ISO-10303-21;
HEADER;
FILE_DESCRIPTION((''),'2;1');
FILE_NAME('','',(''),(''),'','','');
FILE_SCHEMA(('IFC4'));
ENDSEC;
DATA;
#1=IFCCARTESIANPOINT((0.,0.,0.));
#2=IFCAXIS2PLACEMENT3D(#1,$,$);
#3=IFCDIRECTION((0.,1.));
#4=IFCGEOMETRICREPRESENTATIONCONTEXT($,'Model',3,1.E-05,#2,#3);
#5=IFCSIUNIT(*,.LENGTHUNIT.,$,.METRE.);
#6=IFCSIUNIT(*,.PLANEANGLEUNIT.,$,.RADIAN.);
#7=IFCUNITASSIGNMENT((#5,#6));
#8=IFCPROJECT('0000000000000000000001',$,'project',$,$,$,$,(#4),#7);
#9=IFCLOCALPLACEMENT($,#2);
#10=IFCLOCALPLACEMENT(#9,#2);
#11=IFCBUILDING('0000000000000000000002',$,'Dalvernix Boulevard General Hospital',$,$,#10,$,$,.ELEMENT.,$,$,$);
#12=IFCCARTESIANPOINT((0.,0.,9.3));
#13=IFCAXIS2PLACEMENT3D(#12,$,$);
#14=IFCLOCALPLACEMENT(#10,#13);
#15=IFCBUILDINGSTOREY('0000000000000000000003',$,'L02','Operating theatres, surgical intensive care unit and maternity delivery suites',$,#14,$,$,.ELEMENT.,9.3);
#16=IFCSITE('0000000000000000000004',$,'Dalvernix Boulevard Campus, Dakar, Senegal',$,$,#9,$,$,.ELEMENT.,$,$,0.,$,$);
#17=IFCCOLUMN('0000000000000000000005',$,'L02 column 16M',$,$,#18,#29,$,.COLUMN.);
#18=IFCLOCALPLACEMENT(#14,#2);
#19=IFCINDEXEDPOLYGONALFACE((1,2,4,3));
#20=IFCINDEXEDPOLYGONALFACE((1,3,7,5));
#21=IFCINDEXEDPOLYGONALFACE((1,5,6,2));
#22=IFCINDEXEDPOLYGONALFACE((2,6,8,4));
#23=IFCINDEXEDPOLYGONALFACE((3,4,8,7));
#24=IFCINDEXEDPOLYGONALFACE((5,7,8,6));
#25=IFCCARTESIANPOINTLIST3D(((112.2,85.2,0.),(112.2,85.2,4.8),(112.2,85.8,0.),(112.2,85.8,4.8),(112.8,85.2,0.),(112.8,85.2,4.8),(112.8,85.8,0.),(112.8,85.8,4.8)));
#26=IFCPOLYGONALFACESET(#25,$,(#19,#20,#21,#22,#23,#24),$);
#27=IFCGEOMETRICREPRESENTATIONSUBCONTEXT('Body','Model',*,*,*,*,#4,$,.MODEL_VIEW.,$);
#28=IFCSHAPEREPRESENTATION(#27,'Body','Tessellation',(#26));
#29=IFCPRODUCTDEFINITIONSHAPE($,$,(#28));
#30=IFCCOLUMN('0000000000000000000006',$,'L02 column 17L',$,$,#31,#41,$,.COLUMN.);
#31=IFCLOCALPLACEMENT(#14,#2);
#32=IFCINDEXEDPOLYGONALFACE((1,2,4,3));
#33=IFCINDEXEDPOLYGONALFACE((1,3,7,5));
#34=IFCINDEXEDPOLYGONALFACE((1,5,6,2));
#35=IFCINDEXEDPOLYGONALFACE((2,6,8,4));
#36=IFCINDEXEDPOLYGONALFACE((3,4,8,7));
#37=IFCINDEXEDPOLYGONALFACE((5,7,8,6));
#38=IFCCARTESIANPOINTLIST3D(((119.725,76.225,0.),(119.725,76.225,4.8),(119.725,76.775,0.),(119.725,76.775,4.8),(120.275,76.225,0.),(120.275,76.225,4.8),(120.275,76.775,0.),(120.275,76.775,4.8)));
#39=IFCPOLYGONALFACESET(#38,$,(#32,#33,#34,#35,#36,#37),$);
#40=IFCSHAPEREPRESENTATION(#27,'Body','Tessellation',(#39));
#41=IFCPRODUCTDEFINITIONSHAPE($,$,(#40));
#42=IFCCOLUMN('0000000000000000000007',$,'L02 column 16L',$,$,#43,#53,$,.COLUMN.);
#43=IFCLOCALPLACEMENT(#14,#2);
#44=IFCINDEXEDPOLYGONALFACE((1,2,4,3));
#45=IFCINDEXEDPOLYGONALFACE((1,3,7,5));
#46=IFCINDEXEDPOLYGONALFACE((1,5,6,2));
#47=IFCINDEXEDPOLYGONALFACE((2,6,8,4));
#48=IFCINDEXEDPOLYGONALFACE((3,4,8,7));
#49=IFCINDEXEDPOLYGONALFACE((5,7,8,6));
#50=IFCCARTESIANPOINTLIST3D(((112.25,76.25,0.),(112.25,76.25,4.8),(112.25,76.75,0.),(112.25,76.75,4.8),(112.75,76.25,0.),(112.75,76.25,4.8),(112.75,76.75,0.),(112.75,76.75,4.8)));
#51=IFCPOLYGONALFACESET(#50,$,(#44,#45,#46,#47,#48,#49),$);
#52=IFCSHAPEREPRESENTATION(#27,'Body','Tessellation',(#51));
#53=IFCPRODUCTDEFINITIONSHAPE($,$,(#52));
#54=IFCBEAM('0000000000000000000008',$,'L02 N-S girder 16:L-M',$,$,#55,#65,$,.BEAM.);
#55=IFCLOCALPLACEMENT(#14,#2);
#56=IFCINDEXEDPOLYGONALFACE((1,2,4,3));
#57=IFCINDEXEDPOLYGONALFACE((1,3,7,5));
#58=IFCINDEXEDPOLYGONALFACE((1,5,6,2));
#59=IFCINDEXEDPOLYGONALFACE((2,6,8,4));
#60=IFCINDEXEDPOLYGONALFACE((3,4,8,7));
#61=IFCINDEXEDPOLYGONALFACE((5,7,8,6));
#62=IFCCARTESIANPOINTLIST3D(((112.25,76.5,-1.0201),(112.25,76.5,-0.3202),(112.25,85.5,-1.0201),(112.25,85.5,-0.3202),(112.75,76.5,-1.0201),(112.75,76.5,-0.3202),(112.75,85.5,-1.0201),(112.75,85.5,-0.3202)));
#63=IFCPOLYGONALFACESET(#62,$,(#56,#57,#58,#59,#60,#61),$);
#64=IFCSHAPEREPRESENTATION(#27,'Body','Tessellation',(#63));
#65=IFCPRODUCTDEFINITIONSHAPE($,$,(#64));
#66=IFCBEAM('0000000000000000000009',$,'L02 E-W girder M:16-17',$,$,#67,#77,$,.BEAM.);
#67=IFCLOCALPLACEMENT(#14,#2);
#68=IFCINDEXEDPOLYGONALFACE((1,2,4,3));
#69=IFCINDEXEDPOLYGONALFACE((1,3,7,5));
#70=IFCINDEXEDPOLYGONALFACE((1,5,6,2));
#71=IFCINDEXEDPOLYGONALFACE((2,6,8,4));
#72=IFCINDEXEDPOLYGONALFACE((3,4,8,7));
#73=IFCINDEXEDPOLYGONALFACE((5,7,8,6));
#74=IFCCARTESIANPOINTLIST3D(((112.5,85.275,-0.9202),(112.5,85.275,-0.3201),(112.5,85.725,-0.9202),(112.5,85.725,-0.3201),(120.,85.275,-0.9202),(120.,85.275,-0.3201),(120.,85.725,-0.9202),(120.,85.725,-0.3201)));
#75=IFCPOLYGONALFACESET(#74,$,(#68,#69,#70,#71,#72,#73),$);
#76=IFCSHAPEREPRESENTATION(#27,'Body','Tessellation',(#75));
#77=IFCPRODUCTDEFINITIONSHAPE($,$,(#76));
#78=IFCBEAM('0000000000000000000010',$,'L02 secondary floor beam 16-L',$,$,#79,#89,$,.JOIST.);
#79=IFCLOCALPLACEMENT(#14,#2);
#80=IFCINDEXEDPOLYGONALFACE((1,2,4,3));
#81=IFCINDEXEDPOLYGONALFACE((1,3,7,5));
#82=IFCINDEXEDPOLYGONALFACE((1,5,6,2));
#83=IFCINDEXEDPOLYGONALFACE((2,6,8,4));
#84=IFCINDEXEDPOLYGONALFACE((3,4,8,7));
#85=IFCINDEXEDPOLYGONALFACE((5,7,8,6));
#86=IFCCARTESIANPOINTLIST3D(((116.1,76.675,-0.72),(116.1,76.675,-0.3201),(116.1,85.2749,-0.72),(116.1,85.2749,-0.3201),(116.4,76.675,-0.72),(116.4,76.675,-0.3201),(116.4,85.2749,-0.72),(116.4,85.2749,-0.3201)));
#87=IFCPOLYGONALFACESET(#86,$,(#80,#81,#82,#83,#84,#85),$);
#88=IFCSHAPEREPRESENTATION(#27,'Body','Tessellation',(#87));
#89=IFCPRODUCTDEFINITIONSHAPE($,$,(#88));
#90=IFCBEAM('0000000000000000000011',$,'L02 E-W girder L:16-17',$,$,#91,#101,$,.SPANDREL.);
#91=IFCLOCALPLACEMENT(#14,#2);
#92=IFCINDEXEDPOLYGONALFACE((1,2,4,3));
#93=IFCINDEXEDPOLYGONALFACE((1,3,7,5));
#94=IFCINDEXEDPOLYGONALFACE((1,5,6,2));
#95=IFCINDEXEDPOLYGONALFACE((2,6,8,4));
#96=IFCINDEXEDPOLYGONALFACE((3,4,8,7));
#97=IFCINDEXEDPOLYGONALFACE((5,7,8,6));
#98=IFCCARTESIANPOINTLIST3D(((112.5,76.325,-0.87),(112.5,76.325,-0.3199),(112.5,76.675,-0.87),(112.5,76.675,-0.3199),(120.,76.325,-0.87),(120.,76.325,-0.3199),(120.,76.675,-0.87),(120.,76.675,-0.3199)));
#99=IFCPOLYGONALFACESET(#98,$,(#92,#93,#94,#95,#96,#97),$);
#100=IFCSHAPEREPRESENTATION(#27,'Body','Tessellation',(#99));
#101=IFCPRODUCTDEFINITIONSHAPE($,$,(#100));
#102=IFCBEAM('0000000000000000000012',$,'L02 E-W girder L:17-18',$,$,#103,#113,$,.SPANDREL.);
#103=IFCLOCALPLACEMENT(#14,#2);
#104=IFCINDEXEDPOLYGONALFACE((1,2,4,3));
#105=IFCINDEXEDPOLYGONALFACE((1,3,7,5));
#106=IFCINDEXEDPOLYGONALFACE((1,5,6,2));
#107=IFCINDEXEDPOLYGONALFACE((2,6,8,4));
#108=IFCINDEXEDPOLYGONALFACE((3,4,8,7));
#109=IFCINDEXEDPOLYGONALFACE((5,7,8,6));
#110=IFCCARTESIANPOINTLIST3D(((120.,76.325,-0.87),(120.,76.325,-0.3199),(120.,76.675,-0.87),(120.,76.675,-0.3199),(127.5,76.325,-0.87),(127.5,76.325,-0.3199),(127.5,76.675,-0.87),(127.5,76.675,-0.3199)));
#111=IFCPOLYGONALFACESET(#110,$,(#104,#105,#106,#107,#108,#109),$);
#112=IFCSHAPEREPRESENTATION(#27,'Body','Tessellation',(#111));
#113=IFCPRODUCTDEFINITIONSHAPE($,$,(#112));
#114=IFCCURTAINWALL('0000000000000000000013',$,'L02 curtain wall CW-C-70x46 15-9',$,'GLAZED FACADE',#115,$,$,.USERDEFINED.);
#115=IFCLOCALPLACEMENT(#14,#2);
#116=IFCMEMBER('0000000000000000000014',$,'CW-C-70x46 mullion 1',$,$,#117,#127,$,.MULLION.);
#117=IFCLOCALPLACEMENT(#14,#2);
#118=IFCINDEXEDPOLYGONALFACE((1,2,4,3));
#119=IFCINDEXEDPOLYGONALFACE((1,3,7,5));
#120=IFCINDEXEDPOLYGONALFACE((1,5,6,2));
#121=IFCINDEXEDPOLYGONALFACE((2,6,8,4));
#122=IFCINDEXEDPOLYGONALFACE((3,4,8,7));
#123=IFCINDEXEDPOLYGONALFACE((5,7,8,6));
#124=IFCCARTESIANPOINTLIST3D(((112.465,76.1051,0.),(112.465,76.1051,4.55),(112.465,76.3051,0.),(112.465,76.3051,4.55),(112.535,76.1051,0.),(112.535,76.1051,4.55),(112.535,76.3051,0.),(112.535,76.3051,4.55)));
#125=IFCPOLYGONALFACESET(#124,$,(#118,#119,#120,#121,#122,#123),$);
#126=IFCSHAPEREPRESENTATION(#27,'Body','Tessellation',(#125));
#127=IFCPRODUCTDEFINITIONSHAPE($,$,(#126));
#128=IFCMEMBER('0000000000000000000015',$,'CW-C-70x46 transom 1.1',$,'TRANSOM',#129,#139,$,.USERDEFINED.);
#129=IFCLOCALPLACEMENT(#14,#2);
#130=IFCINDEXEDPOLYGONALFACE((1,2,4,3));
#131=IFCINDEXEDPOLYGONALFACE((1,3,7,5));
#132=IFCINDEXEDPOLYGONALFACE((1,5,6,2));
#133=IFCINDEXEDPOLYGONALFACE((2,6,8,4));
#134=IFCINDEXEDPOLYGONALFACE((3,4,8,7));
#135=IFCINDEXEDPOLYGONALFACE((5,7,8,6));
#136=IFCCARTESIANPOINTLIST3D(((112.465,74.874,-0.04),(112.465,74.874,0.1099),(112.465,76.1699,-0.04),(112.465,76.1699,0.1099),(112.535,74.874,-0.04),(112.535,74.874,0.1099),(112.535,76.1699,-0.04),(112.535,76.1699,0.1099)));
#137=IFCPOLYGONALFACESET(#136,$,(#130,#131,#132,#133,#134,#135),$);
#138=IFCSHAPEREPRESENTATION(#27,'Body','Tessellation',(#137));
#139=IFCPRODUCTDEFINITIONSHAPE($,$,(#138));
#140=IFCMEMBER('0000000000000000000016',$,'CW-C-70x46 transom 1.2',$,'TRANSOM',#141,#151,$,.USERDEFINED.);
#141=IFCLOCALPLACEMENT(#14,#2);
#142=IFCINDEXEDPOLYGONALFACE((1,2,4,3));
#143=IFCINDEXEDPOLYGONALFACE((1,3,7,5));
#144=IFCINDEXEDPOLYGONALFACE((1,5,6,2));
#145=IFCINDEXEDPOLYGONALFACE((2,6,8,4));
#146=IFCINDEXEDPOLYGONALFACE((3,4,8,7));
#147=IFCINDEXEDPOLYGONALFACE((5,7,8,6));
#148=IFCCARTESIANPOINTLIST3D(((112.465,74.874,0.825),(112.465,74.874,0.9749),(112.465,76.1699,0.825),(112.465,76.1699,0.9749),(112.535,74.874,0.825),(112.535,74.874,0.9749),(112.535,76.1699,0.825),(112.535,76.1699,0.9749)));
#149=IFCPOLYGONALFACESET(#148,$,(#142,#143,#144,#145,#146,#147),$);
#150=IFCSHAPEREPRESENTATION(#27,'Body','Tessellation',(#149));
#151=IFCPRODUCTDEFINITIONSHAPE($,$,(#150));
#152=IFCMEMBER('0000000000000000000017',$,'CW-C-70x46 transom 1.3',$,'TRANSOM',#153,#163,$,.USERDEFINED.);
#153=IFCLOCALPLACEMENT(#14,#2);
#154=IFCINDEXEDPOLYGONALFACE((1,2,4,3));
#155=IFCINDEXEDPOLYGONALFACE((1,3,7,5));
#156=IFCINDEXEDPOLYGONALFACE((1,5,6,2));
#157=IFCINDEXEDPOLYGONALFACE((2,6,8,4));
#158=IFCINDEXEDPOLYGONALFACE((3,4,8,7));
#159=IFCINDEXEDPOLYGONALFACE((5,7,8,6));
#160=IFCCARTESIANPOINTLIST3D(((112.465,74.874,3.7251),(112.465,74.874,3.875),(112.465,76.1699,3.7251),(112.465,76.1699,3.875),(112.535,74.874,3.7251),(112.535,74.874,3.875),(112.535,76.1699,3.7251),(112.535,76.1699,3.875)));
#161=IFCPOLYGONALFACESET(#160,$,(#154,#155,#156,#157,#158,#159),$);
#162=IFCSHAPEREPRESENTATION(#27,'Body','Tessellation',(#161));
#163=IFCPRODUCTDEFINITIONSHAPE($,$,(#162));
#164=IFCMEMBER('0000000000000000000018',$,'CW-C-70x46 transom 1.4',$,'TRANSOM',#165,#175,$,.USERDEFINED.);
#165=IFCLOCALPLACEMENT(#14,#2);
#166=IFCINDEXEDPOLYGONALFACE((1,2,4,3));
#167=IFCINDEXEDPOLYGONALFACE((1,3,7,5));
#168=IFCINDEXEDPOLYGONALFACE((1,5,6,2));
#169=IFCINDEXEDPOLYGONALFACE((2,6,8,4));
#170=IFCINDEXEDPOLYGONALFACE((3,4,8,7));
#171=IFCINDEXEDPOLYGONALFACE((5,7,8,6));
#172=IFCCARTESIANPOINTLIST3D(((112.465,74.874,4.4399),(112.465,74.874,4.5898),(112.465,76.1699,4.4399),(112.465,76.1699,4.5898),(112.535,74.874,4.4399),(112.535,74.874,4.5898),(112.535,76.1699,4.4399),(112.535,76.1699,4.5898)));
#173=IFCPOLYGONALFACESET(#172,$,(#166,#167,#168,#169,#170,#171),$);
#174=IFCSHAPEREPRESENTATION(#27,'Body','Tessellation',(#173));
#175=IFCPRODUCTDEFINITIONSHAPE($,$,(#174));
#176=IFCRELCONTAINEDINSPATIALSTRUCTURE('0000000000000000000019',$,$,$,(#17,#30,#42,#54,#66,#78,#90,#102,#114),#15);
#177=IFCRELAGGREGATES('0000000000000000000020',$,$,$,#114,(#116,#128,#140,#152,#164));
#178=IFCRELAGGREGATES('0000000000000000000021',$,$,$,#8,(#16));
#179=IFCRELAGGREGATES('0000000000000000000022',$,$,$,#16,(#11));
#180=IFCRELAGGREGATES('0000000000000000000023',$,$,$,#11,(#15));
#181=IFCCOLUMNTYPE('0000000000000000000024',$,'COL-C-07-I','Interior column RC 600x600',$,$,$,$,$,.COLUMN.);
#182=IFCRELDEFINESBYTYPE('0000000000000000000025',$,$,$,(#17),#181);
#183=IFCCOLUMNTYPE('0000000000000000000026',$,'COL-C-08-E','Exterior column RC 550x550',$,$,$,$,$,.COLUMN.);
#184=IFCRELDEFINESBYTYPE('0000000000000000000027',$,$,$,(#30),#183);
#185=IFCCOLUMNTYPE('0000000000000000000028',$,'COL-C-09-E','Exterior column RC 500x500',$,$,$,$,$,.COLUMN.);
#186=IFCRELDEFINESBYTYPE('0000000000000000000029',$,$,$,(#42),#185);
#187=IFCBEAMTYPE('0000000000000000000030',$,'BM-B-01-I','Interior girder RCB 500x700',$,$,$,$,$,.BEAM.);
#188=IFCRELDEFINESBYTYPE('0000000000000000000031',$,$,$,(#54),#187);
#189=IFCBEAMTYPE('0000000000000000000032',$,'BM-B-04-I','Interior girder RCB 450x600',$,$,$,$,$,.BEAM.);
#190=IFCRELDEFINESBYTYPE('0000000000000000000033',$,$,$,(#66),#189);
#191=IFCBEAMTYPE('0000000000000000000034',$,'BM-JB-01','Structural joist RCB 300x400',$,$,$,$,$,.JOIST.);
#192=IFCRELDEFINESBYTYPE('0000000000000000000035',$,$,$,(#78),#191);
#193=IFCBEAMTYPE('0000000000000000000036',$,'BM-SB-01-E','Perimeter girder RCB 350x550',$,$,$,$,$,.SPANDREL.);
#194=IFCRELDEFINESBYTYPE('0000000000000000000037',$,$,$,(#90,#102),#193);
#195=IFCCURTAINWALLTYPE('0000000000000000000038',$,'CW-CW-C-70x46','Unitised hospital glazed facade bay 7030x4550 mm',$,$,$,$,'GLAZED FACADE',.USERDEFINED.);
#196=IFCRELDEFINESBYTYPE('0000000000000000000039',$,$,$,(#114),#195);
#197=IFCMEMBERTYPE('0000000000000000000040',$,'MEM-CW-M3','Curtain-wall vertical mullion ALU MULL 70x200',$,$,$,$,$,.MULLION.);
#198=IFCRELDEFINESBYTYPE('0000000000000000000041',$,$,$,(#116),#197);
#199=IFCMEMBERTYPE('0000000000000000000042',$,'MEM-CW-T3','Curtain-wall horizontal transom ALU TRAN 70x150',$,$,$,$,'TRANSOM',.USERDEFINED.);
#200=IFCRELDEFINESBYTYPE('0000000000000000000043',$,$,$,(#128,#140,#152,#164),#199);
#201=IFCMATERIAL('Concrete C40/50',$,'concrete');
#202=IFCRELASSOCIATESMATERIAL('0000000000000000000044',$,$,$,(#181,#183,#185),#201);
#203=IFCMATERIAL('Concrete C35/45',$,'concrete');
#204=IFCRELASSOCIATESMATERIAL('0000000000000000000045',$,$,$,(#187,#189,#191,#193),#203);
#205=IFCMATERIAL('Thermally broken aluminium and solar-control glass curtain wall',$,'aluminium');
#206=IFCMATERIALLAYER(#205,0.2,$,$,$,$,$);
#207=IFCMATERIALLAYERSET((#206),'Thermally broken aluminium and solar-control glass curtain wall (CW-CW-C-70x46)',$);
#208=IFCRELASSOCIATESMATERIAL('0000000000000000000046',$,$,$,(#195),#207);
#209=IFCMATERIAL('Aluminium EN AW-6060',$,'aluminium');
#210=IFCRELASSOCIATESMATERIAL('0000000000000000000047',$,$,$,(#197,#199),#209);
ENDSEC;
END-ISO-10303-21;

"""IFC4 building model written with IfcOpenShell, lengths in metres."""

from ifc_helpers import new_model, si_unit, direction, frame, origin, origin_2d, place, context, subcontext, project, spatial, rectangle, extrude, material, layer, layer_set, material_profile, profile_set, type_object, element, aggregate, save


model = new_model("IFC4")

# Units and contexts
model_context = context("Model", 3, precision=1e-05, world=origin(), true_north=direction((0.0, 1.0)))
body_context = subcontext(model_context, "Body", "Model", "MODEL_VIEW")
ifc_project = project(units=[si_unit("LENGTHUNIT", "METRE"), si_unit("PLANEANGLEUNIT", "RADIAN")], contexts=[model_context])

# Site, building, storey
site_placement = place(None, origin())
site = spatial("IfcSite", under=ifc_project, at=site_placement, Name="Dalvernix Boulevard Campus, Dakar, Senegal", CompositionType="ELEMENT", RefElevation=0.0)
building_placement = place(site_placement, origin())
building = spatial("IfcBuilding", under=site, at=building_placement, Name="Dalvernix Boulevard General Hospital", CompositionType="ELEMENT")
storey_placement = place(building_placement, frame((0.0, 0.0, 9.3)))
storey = spatial("IfcBuildingStorey", under=building, at=storey_placement, Name="L02", Description="Operating theatres, surgical intensive care unit and maternity delivery suites", CompositionType="ELEMENT", Elevation=9.3)

# Columns
ifc_material_1 = material(Name="Concrete C40/50", Category="concrete")
ifc_material_profile_1 = material_profile(ifc_material_1, rectangle(XDim=0.6001, YDim=0.6001, at=origin_2d()), Name="RC 600x600")
ifc_profile_set_1 = profile_set([ifc_material_profile_1], Name="Concrete C40/50")
column_type_1 = type_object("IfcColumnType", Name="COL-C-07-I", Description="Interior column RC 600x600", PredefinedType="COLUMN", material=ifc_profile_set_1)
column_1_placement = place(storey_placement, frame((112.5, 85.5, 0.0), z_axis=(0.0, 0.0, 1.0), x_axis=(1.0, 0.0, 0.0)))
element("IfcColumn", 1, at=column_1_placement, inside=storey, type_object=column_type_1, Name="L02 column 16M", PredefinedType="COLUMN", context=body_context, shape_type="SweptSolid", body=[
    extrude(rectangle(XDim=0.6001, YDim=0.6001, at=origin_2d()), origin(), (0.0, 0.0, 1.0), 4.8),
])
ifc_material_profile_2 = material_profile(ifc_material_1, rectangle(XDim=0.55, YDim=0.55, at=origin_2d()), Name="RC 550x550")
ifc_profile_set_2 = profile_set([ifc_material_profile_2], Name="Concrete C40/50")
column_type_2 = type_object("IfcColumnType", Name="COL-C-08-E", Description="Exterior column RC 550x550", PredefinedType="COLUMN", material=ifc_profile_set_2)
column_2_placement = place(storey_placement, frame((120.0, 76.5, 0.0), z_axis=(0.0, 0.0, 1.0), x_axis=(1.0, 0.0, 0.0)))
element("IfcColumn", 2, at=column_2_placement, inside=storey, type_object=column_type_2, Name="L02 column 17L", PredefinedType="COLUMN", context=body_context, shape_type="SweptSolid", body=[
    extrude(rectangle(XDim=0.55, YDim=0.55, at=origin_2d()), origin(), (0.0, 0.0, 1.0), 4.8),
])
ifc_material_profile_3 = material_profile(ifc_material_1, rectangle(XDim=0.5, YDim=0.5, at=origin_2d()), Name="RC 500x500")
ifc_profile_set_3 = profile_set([ifc_material_profile_3], Name="Concrete C40/50")
column_type_3 = type_object("IfcColumnType", Name="COL-C-09-E", Description="Exterior column RC 500x500", PredefinedType="COLUMN", material=ifc_profile_set_3)
column_3_placement = place(storey_placement, frame((112.5, 76.5, 0.0), z_axis=(0.0, 0.0, 1.0), x_axis=(1.0, 0.0, 0.0)))
element("IfcColumn", 3, at=column_3_placement, inside=storey, type_object=column_type_3, Name="L02 column 16L", PredefinedType="COLUMN", context=body_context, shape_type="SweptSolid", body=[
    extrude(rectangle(XDim=0.5, YDim=0.5, at=origin_2d()), origin(), (0.0, 0.0, 1.0), 4.8),
])

# Beams
ifc_material_2 = material(Name="Concrete C35/45", Category="concrete")
ifc_material_profile_4 = material_profile(ifc_material_2, rectangle(XDim=0.5, YDim=0.7, at=origin_2d()), Name="RCB 500x700")
ifc_profile_set_4 = profile_set([ifc_material_profile_4], Name="Concrete C35/45")
beam_type_1 = type_object("IfcBeamType", Name="BM-B-01-I", Description="Interior girder RCB 500x700", PredefinedType="BEAM", material=ifc_profile_set_4)
beam_1_placement = place(storey_placement, frame((112.5, 76.5, -0.6702), z_axis=(0.0, 1.0, 0.0), x_axis=(-1.0, 0.0, 0.0)))
element("IfcBeam", 4, at=beam_1_placement, inside=storey, type_object=beam_type_1, Name="L02 N-S girder 16:L-M", PredefinedType="BEAM", context=body_context, shape_type="SweptSolid", body=[
    extrude(rectangle(XDim=0.5, YDim=0.7, at=origin_2d()), origin(), (0.0, 0.0, 1.0), 9.0),
])
ifc_material_profile_5 = material_profile(ifc_material_2, rectangle(XDim=0.45, YDim=0.6001, at=origin_2d()), Name="RCB 450x600")
ifc_profile_set_5 = profile_set([ifc_material_profile_5], Name="Concrete C35/45")
beam_type_2 = type_object("IfcBeamType", Name="BM-B-04-I", Description="Interior girder RCB 450x600", PredefinedType="BEAM", material=ifc_profile_set_5)
beam_2_placement = place(storey_placement, frame((112.5, 85.5, -0.6201), z_axis=(1.0, 0.0, 0.0), x_axis=(0.0, 1.0, 0.0)))
element("IfcBeam", 5, at=beam_2_placement, inside=storey, type_object=beam_type_2, Name="L02 E-W girder M:16-17", PredefinedType="BEAM", context=body_context, shape_type="SweptSolid", body=[
    extrude(rectangle(XDim=0.45, YDim=0.6001, at=origin_2d()), origin(), (0.0, 0.0, 1.0), 7.5),
])
ifc_material_profile_6 = material_profile(ifc_material_2, rectangle(XDim=0.3, YDim=0.3999, at=origin_2d()), Name="RCB 300x400")
ifc_profile_set_6 = profile_set([ifc_material_profile_6], Name="Concrete C35/45")
beam_type_3 = type_object("IfcBeamType", Name="BM-JB-01", Description="Structural joist RCB 300x400", PredefinedType="JOIST", material=ifc_profile_set_6)
beam_3_placement = place(storey_placement, frame((116.25, 76.675, -0.52), z_axis=(0.0, 1.0, 0.0), x_axis=(-1.0, 0.0, 0.0)))
element("IfcBeam", 6, at=beam_3_placement, inside=storey, type_object=beam_type_3, Name="L02 secondary floor beam 16-L", PredefinedType="JOIST", context=body_context, shape_type="SweptSolid", body=[
    extrude(rectangle(XDim=0.3, YDim=0.3999, at=origin_2d()), origin(), (0.0, 0.0, 1.0), 8.5999),
])
ifc_material_profile_7 = material_profile(ifc_material_2, rectangle(XDim=0.3501, YDim=0.55, at=origin_2d()), Name="RCB 350x550")
ifc_profile_set_7 = profile_set([ifc_material_profile_7], Name="Concrete C35/45")
beam_type_4 = type_object("IfcBeamType", Name="BM-SB-01-E", Description="Perimeter girder RCB 350x550", PredefinedType="SPANDREL", material=ifc_profile_set_7)
for number, where, z_axis, x_axis, name in (
    (7, (112.5, 76.5, -0.595), (1.0, 0.0, 0.0), (0.0, 1.0, 0.0), "L02 E-W girder L:16-17"),
    (8, (120.0, 76.5, -0.595), (1.0, 0.0, 0.0), (0.0, 1.0, 0.0), "L02 E-W girder L:17-18"),
):
    element("IfcBeam", number, at=place(storey_placement, frame(where, z_axis=z_axis, x_axis=x_axis)), inside=storey, type_object=beam_type_4, Name=name, PredefinedType="SPANDREL", context=body_context, shape_type="SweptSolid", body=[
        extrude(rectangle(XDim=0.3501, YDim=0.55, at=origin_2d()), origin(), (0.0, 0.0, 1.0), 7.5),
    ])

# Curtain wall, members
ifc_material_3 = material(Name="Thermally broken aluminium and solar-control glass curtain wall", Category="aluminium")
ifc_layer_1 = layer(ifc_material_3, 0.2)
ifc_layer_set_1 = layer_set([ifc_layer_1], Name="Thermally broken aluminium and solar-control glass curtain wall (CW-CW-C-70x46)")
curtain_wall_type = type_object("IfcCurtainWallType", Name="CW-CW-C-70x46", Description="Unitised hospital glazed facade bay 7030x4550 mm", ElementType="GLAZED FACADE", PredefinedType="USERDEFINED", material=ifc_layer_set_1)
curtain_wall_placement = place(storey_placement, origin())
curtain_wall = element("IfcCurtainWall", 9, at=curtain_wall_placement, inside=storey, type_object=curtain_wall_type, Name="L02 curtain wall CW-C-70x46 15-9", ObjectType="GLAZED FACADE", PredefinedType="USERDEFINED")
ifc_material_4 = material(Name="Aluminium EN AW-6060", Category="aluminium")
ifc_material_profile_8 = material_profile(ifc_material_4, rectangle(XDim=0.0701, YDim=0.2, at=origin_2d()), Name="ALU MULL 70x200")
ifc_profile_set_8 = profile_set([ifc_material_profile_8], Name="Aluminium EN AW-6060")
member_type_1 = type_object("IfcMemberType", Name="MEM-CW-M3", Description="Curtain-wall vertical mullion ALU MULL 70x200", PredefinedType="MULLION", material=ifc_profile_set_8)
member_1_placement = place(storey_placement, frame((112.5, 76.2051, 0.0), z_axis=(0.0, 0.0, 1.0), x_axis=(1.0, 0.0, 0.0)))
member_1 = element("IfcMember", 10, at=member_1_placement, type_object=member_type_1, Name="CW-C-70x46 mullion 1", PredefinedType="MULLION", context=body_context, shape_type="SweptSolid", body=[
    extrude(rectangle(XDim=0.0701, YDim=0.2, at=origin_2d()), origin(), (0.0, 0.0, 1.0), 4.55),
])
ifc_material_profile_9 = material_profile(ifc_material_4, rectangle(XDim=0.0701, YDim=0.1499, at=origin_2d()), Name="ALU TRAN 70x150")
ifc_profile_set_9 = profile_set([ifc_material_profile_9], Name="Aluminium EN AW-6060")
member_type_2 = type_object("IfcMemberType", Name="MEM-CW-T3", Description="Curtain-wall horizontal transom ALU TRAN 70x150", ElementType="TRANSOM", PredefinedType="USERDEFINED", material=ifc_profile_set_9)
member_2_placement = place(storey_placement, frame((112.5, 76.1699, 0.0349), z_axis=(0.0, -1.0, 0.0), x_axis=(1.0, 0.0, 0.0)))
member_2 = element("IfcMember", 11, at=member_2_placement, type_object=member_type_2, Name="CW-C-70x46 transom 1.1", ObjectType="TRANSOM", PredefinedType="USERDEFINED", context=body_context, shape_type="SweptSolid", body=[
    extrude(rectangle(XDim=0.0701, YDim=0.1499, at=origin_2d()), origin(), (0.0, 0.0, 1.0), 1.2959),
])
member_3_placement = place(storey_placement, frame((112.5, 76.1699, 0.8999), z_axis=(0.0, -1.0, 0.0), x_axis=(1.0, 0.0, 0.0)))
member_3 = element("IfcMember", 12, at=member_3_placement, type_object=member_type_2, Name="CW-C-70x46 transom 1.2", ObjectType="TRANSOM", PredefinedType="USERDEFINED", context=body_context, shape_type="SweptSolid", body=[
    extrude(rectangle(XDim=0.0701, YDim=0.1499, at=origin_2d()), origin(), (0.0, 0.0, 1.0), 1.2959),
])
member_4_placement = place(storey_placement, frame((112.5, 76.1699, 3.8), z_axis=(0.0, -1.0, 0.0), x_axis=(1.0, 0.0, 0.0)))
member_4 = element("IfcMember", 13, at=member_4_placement, type_object=member_type_2, Name="CW-C-70x46 transom 1.3", ObjectType="TRANSOM", PredefinedType="USERDEFINED", context=body_context, shape_type="SweptSolid", body=[
    extrude(rectangle(XDim=0.0701, YDim=0.1499, at=origin_2d()), origin(), (0.0, 0.0, 1.0), 1.2959),
])
member_5_placement = place(storey_placement, frame((112.5, 76.1699, 4.5149), z_axis=(0.0, -1.0, 0.0), x_axis=(1.0, 0.0, 0.0)))
member_5 = element("IfcMember", 14, at=member_5_placement, type_object=member_type_2, Name="CW-C-70x46 transom 1.4", ObjectType="TRANSOM", PredefinedType="USERDEFINED", context=body_context, shape_type="SweptSolid", body=[
    extrude(rectangle(XDim=0.0701, YDim=0.1499, at=origin_2d()), origin(), (0.0, 0.0, 1.0), 1.2959),
])
aggregate(curtain_wall, [member_1, member_2, member_3, member_4, member_5])

save(model, "model.ifc")
